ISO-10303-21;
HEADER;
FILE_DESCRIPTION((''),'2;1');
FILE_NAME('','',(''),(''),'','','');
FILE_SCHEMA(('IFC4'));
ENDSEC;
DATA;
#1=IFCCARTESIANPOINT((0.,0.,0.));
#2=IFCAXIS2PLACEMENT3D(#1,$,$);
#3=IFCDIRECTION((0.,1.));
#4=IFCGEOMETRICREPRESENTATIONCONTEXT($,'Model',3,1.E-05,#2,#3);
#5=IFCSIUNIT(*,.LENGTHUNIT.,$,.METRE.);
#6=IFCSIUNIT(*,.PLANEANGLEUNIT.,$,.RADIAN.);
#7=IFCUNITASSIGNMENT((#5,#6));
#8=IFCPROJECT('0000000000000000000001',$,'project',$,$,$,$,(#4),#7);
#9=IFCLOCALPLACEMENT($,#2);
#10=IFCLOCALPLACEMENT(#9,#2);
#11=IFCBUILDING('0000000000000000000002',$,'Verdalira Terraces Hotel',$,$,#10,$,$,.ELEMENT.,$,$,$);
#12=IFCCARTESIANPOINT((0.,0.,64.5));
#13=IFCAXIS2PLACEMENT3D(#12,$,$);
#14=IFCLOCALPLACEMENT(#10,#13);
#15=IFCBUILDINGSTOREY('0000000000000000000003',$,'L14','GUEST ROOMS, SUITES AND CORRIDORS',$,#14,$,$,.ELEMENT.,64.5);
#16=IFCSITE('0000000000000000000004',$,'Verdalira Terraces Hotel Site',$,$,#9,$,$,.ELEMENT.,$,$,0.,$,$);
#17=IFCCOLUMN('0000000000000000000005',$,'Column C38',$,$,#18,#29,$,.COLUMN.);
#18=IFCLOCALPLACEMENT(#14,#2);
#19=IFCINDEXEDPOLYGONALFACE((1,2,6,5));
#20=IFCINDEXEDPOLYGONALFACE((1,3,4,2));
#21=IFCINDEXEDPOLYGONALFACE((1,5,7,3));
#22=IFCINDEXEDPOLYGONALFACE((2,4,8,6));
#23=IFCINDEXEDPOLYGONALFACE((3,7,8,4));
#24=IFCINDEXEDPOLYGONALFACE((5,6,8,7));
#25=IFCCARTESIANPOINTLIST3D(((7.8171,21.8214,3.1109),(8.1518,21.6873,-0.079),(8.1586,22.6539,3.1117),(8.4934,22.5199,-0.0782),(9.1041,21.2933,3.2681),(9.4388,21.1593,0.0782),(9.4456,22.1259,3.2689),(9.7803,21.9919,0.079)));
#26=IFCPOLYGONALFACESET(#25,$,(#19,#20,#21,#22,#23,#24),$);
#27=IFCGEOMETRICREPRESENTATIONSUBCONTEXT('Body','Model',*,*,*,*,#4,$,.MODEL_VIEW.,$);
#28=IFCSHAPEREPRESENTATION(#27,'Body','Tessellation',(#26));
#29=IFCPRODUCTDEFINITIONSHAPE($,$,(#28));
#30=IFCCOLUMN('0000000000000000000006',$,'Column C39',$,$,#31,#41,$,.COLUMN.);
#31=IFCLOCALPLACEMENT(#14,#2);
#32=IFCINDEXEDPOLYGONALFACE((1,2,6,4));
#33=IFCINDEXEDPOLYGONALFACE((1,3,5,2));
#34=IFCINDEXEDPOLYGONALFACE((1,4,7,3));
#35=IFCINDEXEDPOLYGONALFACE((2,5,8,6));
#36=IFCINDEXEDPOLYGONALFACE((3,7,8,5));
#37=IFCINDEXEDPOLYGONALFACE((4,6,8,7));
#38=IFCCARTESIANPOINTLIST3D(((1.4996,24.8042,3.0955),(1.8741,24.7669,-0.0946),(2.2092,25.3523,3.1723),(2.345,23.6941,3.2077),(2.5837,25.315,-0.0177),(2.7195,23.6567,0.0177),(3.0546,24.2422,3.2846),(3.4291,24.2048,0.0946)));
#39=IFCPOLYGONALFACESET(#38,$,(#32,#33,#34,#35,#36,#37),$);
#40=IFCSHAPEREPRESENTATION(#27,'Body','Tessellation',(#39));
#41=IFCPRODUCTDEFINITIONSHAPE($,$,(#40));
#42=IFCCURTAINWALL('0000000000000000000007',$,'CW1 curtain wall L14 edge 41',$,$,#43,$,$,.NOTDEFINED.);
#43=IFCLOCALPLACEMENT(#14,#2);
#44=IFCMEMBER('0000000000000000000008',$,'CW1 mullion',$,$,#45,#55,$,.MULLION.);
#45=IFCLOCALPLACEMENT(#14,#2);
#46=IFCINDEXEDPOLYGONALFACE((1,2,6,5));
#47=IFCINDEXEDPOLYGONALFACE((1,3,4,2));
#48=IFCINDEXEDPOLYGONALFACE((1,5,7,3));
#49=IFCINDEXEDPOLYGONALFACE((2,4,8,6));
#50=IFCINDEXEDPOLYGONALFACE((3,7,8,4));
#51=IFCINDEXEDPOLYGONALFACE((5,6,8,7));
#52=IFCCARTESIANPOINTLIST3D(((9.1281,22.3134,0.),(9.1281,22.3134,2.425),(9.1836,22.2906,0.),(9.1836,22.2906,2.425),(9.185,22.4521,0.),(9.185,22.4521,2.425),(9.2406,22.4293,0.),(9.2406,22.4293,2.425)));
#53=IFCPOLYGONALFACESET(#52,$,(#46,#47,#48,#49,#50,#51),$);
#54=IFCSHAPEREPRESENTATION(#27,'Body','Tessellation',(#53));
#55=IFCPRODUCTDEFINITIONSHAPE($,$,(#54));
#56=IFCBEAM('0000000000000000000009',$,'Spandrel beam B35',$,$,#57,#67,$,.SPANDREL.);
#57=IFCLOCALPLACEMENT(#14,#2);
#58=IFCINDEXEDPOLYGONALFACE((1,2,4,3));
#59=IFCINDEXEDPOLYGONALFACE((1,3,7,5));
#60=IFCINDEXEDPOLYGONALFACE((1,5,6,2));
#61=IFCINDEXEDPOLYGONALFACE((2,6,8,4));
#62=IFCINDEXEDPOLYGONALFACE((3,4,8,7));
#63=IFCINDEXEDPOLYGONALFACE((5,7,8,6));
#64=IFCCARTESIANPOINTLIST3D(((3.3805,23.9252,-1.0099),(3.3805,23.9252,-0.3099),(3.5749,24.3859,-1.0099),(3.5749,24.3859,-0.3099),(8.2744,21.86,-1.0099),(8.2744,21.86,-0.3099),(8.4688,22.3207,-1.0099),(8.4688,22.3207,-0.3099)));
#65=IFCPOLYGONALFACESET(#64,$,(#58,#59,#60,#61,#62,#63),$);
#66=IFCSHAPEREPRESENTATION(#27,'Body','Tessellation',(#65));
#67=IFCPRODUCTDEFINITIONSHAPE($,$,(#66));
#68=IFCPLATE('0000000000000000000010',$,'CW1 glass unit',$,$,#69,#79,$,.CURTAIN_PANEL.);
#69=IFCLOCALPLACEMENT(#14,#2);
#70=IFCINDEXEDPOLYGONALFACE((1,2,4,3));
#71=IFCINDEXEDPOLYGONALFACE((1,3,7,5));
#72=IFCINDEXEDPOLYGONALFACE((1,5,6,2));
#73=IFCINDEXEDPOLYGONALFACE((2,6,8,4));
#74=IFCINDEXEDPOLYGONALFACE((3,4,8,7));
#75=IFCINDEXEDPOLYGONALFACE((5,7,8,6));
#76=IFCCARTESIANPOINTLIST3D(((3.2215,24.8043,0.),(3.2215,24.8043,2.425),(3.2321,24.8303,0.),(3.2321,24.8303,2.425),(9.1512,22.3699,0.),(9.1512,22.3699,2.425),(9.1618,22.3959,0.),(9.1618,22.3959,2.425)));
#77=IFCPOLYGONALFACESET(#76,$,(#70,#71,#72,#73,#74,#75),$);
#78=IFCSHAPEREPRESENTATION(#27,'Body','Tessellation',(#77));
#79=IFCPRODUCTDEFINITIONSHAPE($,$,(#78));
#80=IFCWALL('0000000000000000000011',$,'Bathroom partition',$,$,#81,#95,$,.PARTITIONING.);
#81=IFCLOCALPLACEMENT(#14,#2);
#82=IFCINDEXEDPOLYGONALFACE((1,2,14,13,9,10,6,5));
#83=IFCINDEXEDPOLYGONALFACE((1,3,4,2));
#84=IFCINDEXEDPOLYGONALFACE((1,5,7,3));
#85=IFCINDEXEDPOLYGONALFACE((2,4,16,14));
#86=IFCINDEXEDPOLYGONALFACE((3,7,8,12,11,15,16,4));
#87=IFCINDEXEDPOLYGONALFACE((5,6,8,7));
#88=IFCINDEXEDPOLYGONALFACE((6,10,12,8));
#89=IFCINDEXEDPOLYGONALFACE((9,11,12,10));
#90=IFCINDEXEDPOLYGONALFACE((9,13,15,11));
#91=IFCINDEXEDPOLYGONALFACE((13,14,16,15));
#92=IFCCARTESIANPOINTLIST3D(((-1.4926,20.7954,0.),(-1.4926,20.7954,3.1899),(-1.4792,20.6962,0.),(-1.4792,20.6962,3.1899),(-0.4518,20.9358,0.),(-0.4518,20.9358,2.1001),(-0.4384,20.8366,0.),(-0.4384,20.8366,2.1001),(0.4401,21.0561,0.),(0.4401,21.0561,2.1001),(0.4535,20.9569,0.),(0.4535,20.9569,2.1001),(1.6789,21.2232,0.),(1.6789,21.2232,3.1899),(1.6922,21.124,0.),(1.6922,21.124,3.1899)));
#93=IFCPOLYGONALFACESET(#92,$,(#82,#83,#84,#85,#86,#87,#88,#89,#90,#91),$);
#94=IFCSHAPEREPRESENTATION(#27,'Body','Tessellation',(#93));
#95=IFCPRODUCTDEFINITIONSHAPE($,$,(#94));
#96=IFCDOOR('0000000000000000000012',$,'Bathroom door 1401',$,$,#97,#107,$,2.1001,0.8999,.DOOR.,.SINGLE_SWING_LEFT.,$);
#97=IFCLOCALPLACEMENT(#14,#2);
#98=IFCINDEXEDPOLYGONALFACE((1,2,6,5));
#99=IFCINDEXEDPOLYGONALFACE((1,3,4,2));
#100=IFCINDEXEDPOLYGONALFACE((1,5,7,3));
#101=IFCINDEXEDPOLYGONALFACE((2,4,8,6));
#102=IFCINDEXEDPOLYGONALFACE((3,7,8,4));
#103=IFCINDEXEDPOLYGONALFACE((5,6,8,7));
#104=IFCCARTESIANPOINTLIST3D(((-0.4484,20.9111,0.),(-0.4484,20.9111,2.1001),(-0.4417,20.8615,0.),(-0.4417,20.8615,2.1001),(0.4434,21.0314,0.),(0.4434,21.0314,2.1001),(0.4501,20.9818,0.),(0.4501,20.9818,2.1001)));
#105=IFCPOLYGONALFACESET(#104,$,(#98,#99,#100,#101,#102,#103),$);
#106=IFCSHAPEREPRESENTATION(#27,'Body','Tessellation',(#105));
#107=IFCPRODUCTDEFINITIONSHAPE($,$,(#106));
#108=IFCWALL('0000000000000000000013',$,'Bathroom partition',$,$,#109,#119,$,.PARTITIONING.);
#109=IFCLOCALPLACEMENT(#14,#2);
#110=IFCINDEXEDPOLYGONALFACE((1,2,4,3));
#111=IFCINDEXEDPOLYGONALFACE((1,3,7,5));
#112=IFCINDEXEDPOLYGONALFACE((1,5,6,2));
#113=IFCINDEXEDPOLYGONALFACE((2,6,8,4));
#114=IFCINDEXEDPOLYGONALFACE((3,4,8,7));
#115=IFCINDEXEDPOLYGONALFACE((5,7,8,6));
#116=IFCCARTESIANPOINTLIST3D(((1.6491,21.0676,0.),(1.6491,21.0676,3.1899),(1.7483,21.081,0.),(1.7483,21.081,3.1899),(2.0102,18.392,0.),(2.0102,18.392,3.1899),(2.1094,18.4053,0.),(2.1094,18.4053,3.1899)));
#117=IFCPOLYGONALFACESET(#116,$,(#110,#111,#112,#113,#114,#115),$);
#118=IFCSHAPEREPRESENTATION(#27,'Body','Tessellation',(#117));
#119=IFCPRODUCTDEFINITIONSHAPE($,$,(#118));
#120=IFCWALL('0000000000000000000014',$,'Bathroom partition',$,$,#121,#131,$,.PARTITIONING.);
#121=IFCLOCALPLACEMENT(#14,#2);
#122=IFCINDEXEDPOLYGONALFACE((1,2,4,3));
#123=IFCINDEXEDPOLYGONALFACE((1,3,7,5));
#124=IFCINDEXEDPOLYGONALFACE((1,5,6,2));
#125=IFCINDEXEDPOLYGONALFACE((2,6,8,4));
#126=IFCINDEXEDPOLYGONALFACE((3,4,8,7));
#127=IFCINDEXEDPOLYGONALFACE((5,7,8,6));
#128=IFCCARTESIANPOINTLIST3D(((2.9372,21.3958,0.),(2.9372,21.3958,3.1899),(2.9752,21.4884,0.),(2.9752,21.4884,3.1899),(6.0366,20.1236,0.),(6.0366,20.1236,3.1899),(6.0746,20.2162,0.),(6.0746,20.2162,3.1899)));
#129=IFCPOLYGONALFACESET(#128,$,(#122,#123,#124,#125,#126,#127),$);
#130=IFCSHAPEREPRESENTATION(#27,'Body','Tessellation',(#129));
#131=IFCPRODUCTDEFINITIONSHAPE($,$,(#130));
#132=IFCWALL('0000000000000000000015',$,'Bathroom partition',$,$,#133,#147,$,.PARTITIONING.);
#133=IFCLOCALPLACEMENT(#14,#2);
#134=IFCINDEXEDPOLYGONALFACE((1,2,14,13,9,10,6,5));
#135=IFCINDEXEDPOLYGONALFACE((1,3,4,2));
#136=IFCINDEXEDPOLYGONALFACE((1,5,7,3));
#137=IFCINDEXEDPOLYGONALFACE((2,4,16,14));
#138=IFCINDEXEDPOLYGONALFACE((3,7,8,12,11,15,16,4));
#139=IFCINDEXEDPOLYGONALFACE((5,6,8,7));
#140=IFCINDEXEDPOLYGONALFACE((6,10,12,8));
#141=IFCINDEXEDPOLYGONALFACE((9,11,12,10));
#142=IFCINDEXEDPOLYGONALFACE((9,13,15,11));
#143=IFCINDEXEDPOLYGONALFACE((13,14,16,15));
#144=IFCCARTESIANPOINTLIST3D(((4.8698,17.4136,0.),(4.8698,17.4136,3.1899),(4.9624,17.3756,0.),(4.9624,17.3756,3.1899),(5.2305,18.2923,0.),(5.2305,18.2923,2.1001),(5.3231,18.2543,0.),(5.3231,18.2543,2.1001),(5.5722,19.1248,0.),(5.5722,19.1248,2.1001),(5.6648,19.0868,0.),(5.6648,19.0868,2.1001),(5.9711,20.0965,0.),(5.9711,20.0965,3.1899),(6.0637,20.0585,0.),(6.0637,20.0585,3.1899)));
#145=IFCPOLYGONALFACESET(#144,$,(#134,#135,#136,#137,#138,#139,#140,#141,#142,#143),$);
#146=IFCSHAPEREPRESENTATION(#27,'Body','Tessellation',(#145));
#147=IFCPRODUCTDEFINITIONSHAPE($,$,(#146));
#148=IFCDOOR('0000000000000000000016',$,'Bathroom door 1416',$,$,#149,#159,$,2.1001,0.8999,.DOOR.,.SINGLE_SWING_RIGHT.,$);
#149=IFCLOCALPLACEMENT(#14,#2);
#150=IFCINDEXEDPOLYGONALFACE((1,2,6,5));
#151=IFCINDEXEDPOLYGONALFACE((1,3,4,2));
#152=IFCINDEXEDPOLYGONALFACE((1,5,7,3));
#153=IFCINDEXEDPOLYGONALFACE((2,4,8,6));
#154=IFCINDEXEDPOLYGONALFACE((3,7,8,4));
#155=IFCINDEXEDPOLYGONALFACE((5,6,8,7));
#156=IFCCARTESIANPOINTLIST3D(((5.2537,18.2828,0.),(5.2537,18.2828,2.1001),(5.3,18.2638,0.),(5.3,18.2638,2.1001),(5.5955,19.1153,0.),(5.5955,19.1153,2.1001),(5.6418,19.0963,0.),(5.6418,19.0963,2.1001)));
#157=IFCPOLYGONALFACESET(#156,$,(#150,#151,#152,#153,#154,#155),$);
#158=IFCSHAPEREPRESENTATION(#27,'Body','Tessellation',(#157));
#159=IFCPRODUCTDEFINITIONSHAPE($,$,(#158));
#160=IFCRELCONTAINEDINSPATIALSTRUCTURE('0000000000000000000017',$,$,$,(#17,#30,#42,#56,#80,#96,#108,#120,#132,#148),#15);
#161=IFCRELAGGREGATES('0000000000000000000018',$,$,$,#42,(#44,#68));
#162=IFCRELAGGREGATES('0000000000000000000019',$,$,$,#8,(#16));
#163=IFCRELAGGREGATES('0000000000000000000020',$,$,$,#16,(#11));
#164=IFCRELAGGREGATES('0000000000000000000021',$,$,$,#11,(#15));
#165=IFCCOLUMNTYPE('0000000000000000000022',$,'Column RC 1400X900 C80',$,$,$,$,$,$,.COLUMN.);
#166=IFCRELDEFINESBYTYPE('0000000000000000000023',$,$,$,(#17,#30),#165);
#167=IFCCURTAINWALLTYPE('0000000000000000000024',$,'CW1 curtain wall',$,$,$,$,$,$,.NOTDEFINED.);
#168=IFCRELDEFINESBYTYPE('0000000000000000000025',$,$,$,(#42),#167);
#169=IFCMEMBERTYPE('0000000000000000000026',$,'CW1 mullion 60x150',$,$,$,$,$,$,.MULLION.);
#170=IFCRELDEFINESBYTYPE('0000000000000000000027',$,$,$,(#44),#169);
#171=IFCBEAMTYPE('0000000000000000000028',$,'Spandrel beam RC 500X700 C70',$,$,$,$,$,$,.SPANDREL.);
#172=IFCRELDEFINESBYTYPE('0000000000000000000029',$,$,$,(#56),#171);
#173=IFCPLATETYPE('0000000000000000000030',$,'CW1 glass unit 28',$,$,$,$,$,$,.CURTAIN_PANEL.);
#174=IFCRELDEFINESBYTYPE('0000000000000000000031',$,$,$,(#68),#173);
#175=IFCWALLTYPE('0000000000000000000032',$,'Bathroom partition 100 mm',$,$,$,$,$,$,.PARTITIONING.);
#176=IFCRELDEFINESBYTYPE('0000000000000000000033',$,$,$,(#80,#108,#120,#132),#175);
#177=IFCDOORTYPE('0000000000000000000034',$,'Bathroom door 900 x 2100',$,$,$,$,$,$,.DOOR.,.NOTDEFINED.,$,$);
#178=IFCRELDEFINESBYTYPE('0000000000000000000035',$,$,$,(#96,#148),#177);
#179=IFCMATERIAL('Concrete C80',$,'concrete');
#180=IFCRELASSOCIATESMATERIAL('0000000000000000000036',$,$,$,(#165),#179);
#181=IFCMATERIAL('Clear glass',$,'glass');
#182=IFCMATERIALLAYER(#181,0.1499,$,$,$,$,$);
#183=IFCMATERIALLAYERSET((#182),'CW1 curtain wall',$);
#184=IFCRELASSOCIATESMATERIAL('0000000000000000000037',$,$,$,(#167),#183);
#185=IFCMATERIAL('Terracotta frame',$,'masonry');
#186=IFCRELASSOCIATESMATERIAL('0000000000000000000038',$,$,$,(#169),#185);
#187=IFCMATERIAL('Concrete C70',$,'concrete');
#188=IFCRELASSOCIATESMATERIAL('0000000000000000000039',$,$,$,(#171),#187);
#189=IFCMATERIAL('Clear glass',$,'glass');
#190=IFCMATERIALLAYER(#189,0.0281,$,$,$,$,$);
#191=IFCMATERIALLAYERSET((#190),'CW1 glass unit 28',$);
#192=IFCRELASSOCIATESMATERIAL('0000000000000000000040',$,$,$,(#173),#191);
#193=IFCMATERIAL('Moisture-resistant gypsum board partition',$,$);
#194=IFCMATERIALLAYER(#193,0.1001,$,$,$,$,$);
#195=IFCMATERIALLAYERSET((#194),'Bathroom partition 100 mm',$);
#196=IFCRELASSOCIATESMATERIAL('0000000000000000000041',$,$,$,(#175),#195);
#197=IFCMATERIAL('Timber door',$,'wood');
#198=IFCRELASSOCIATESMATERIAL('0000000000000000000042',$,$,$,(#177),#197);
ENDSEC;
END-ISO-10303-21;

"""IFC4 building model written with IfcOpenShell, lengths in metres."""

from ifc_helpers import new_model, si_unit, direction, frame, frame_2d, origin, origin_2d, place, context, subcontext, project, spatial, rectangle, extrude, material, layer, layer_set, material_profile, profile_set, type_object, element, fill, aggregate, save


model = new_model("IFC4")

# Units and contexts
model_context = context("Model", 3, precision=1e-05, world=origin(), true_north=direction((0.0, 1.0)))
body_context = subcontext(model_context, "Body", "Model", "MODEL_VIEW")
ifc_project = project(units=[si_unit("LENGTHUNIT", "METRE"), si_unit("PLANEANGLEUNIT", "RADIAN")], contexts=[model_context])

# Site, building, storey
site_placement = place(None, origin())
site = spatial("IfcSite", under=ifc_project, at=site_placement, Name="Verdalira Terraces Hotel Site", CompositionType="ELEMENT", RefElevation=0.0)
building_placement = place(site_placement, origin())
building = spatial("IfcBuilding", under=site, at=building_placement, Name="Verdalira Terraces Hotel", CompositionType="ELEMENT")
storey_placement = place(building_placement, frame((0.0, 0.0, 64.5)))
storey = spatial("IfcBuildingStorey", under=building, at=storey_placement, Name="L14", Description="GUEST ROOMS, SUITES AND CORRIDORS", CompositionType="ELEMENT", Elevation=64.5)

# Columns
ifc_material_1 = material(Name="Concrete C80", Category="concrete")
ifc_material_profile_1 = material_profile(ifc_material_1, rectangle(XDim=1.3999, YDim=0.8999, at=origin_2d()), Name="RC 1400X900")
ifc_profile_set_1 = profile_set([ifc_material_profile_1], Name="Concrete C80")
column_type = type_object("IfcColumnType", Name="Column RC 1400X900 C80", PredefinedType="COLUMN", material=ifc_profile_set_1)
column_1_placement = place(storey_placement, frame((8.9661, 21.8396, 0.0), z_axis=(-0.104265, 0.041752, 0.993673), x_axis=(-0.919296, 0.377203, -0.11231)))
element("IfcColumn", 1, at=column_1_placement, inside=storey, type_object=column_type, Name="Column C38", PredefinedType="COLUMN", context=body_context, shape_type="SweptSolid", body=[
    extrude(rectangle(XDim=1.3999, YDim=0.8999, at=origin_2d()), origin(), (0.0, 0.0, 1.0), 3.2102),
])
column_2_placement = place(storey_placement, frame((2.6516, 24.4858, 0.0), z_axis=(-0.116595, 0.011629, 0.993111), x_axis=(0.603892, -0.793023, 0.080185)))
element("IfcColumn", 2, at=column_2_placement, inside=storey, type_object=column_type, Name="Column C39", PredefinedType="COLUMN", context=body_context, shape_type="SweptSolid", body=[
    extrude(rectangle(XDim=1.3999, YDim=0.8999, at=origin_2d()), origin(), (0.0, 0.0, 1.0), 3.2122),
])

# Curtain wall, member
ifc_material_2 = material(Name="Clear glass", Category="glass")
ifc_layer_1 = layer(ifc_material_2, 0.1499)
ifc_layer_set_1 = layer_set([ifc_layer_1], Name="CW1 curtain wall")
curtain_wall_type = type_object("IfcCurtainWallType", Name="CW1 curtain wall", PredefinedType="NOTDEFINED", material=ifc_layer_set_1)
curtain_wall_placement = place(storey_placement, origin())
curtain_wall = element("IfcCurtainWall", 3, at=curtain_wall_placement, inside=storey, type_object=curtain_wall_type, Name="CW1 curtain wall L14 edge 41", PredefinedType="NOTDEFINED")
ifc_material_3 = material(Name="Terracotta frame", Category="masonry")
ifc_material_profile_2 = material_profile(ifc_material_3, rectangle(XDim=0.0601, YDim=0.1499, at=origin_2d()), Name="MU 60x150")
ifc_profile_set_2 = profile_set([ifc_material_profile_2], Name="Terracotta frame")
member_type = type_object("IfcMemberType", Name="CW1 mullion 60x150", PredefinedType="MULLION", material=ifc_profile_set_2)
member_placement = place(storey_placement, frame((9.1843, 22.3713, 0.0), z_axis=(0.0, 0.0, 1.0), x_axis=(-0.925077, 0.379779, 0.0)))
member = element("IfcMember", 4, at=member_placement, type_object=member_type, Name="CW1 mullion", PredefinedType="MULLION", context=body_context, shape_type="SweptSolid", body=[
    extrude(rectangle(XDim=0.0601, YDim=0.1499, at=origin_2d()), origin(), (0.0, 0.0, 1.0), 2.425),
])

# Beam
ifc_material_4 = material(Name="Concrete C70", Category="concrete")
ifc_material_profile_3 = material_profile(ifc_material_4, rectangle(XDim=0.5, YDim=0.7, at=origin_2d()), Name="RC 500X700")
ifc_profile_set_3 = profile_set([ifc_material_profile_3], Name="Concrete C70")
beam_type = type_object("IfcBeamType", Name="Spandrel beam RC 500X700 C70", PredefinedType="SPANDREL", material=ifc_profile_set_3)
beam_placement = place(storey_placement, frame((8.3716, 22.0903, -0.6599), z_axis=(-0.921323, 0.388799, 0.0), x_axis=(-0.388799, -0.921323, 0.0)))
element("IfcBeam", 5, at=beam_placement, inside=storey, type_object=beam_type, Name="Spandrel beam B35", PredefinedType="SPANDREL", context=body_context, shape_type="SweptSolid", body=[
    extrude(rectangle(XDim=0.5, YDim=0.7, at=origin_2d()), origin(), (0.0, 0.0, 1.0), 5.3118),
])

# Plate
ifc_material_5 = material(Name="Clear glass", Category="glass")
ifc_layer_2 = layer(ifc_material_5, 0.0281)
ifc_layer_set_2 = layer_set([ifc_layer_2], Name="CW1 glass unit 28")
plate_type = type_object("IfcPlateType", Name="CW1 glass unit 28", PredefinedType="CURTAIN_PANEL", material=ifc_layer_set_2)
plate_placement = place(storey_placement, frame((6.1917, 23.6001, 0.0), z_axis=(0.0, 0.0, 1.0), x_axis=(-0.925077, 0.379779, 0.0)))
plate = element("IfcPlate", 6, at=plate_placement, type_object=plate_type, Name="CW1 glass unit", PredefinedType="CURTAIN_PANEL", context=body_context, shape_type="SweptSolid", body=[
    extrude(rectangle(XDim=6.4099, YDim=0.0281, at=origin_2d()), origin(), (0.0, 0.0, 1.0), 2.425),
])
aggregate(curtain_wall, [member, plate])

# Wall, opening, door
ifc_material_6 = material(Name="Moisture-resistant gypsum board partition")
ifc_layer_3 = layer(ifc_material_6, 0.1001)
ifc_layer_set_3 = layer_set([ifc_layer_3], Name="Bathroom partition 100 mm")
wall_type_1 = type_object("IfcWallType", Name="Bathroom partition 100 mm", PredefinedType="PARTITIONING", material=ifc_layer_set_3)
wall_1_placement = place(storey_placement, frame((1.6855, 21.1736, 0.0), z_axis=(0.0, 0.0, 1.0), x_axis=(-0.991027, -0.133663, 0.0)))
wall_1 = element("IfcWall", 7, at=wall_1_placement, inside=storey, type_object=wall_type_1, Name="Bathroom partition", PredefinedType="PARTITIONING", context=body_context, shape_type="SweptSolid", body=[
    extrude(rectangle(XDim=3.2002, YDim=0.1001, at=frame_2d((1.6001, 0.0))), origin(), (0.0, 0.0, 1.0), 3.1899),
])
opening_1_placement = place(wall_1_placement, frame((1.25, 0.0, 0.0)))
opening_1 = element("IfcOpeningElement", 8, at=opening_1_placement, cuts=wall_1, PredefinedType="OPENING", context=body_context, shape_type="SweptSolid", body=[
    extrude(rectangle(XDim=0.8999, YDim=2.1001, at=frame_2d((0.45, 1.05))), frame((0.0, 0.0601, 0.0), z_axis=(0.0, -1.0, 0.0), x_axis=(1.0, 0.0, 0.0)), (0.0, 0.0, 1.0), 0.1201),
])
ifc_material_7 = material(Name="Timber door", Category="wood")
door_type_1 = type_object("IfcDoorType", Name="Bathroom door 900 x 2100", OperationType="NOTDEFINED", PredefinedType="DOOR", material=ifc_material_7)
door_1_placement = place(opening_1_placement, origin())
door_1 = element("IfcDoor", 9, at=door_1_placement, inside=storey, type_object=door_type_1, Name="Bathroom door 1401", OperationType="SINGLE_SWING_LEFT", OverallHeight=2.1001, OverallWidth=0.8999, PredefinedType="DOOR", context=body_context, shape_type="SweptSolid", body=[
    extrude(rectangle(XDim=0.8999, YDim=2.1001, at=frame_2d((0.45, 1.05))), frame((0.0, 0.0249, 0.0), z_axis=(0.0, -1.0, 0.0), x_axis=(1.0, 0.0, 0.0)), (0.0, 0.0, 1.0), 0.05),
])
fill(opening_1, door_1)

# Walls
wall_2_placement = place(storey_placement, frame((1.6987, 21.0745, 0.0), z_axis=(0.0, 0.0, 1.0), x_axis=(0.133733, -0.991017, 0.0)))
element("IfcWall", 10, at=wall_2_placement, inside=storey, type_object=wall_type_1, Name="Bathroom partition", PredefinedType="PARTITIONING", context=body_context, shape_type="SweptSolid", body=[
    extrude(rectangle(XDim=2.7, YDim=0.1001, at=frame_2d((1.3501, 0.0))), origin(), (0.0, 0.0, 1.0), 3.1899),
])
wall_3_placement = place(storey_placement, frame((2.9561, 21.4421, 0.0), z_axis=(0.0, 0.0, 1.0), x_axis=(0.925097, -0.379731, 0.0)))
element("IfcWall", 11, at=wall_3_placement, inside=storey, type_object=wall_type_1, Name="Bathroom partition", PredefinedType="PARTITIONING", context=body_context, shape_type="SweptSolid", body=[
    extrude(rectangle(XDim=3.3503, YDim=0.1001, at=frame_2d((1.6753, 0.0))), origin(), (0.0, 0.0, 1.0), 3.1899),
])

# Wall, opening, door
wall_4_placement = place(storey_placement, frame((4.916, 17.3945, 0.0), z_axis=(0.0, 0.0, 1.0), x_axis=(0.37975, 0.925089, 0.0)))
wall_4 = element("IfcWall", 12, at=wall_4_placement, inside=storey, type_object=wall_type_1, Name="Bathroom partition", PredefinedType="PARTITIONING", context=body_context, shape_type="SweptSolid", body=[
    extrude(rectangle(XDim=2.9001, YDim=0.1001, at=frame_2d((1.4502, 0.0))), origin(), (0.0, 0.0, 1.0), 3.1899),
])
opening_2_placement = place(wall_4_placement, frame((0.95, 0.0, 0.0)))
opening_2 = element("IfcOpeningElement", 13, at=opening_2_placement, cuts=wall_4, PredefinedType="OPENING", context=body_context, shape_type="SweptSolid", body=[
    extrude(rectangle(XDim=0.8999, YDim=2.1001, at=frame_2d((0.45, 1.05))), frame((0.0, 0.0601, 0.0), z_axis=(0.0, -1.0, 0.0), x_axis=(1.0, 0.0, 0.0)), (0.0, 0.0, 1.0), 0.1201),
])
door_2_placement = place(opening_2_placement, origin())
door_2 = element("IfcDoor", 14, at=door_2_placement, inside=storey, type_object=door_type_1, Name="Bathroom door 1416", OperationType="SINGLE_SWING_RIGHT", OverallHeight=2.1001, OverallWidth=0.8999, PredefinedType="DOOR", context=body_context, shape_type="SweptSolid", body=[
    extrude(rectangle(XDim=0.8999, YDim=2.1001, at=frame_2d((0.45, 1.05))), frame((0.0, 0.0249, 0.0), z_axis=(0.0, -1.0, 0.0), x_axis=(1.0, 0.0, 0.0)), (0.0, 0.0, 1.0), 0.05),
])
fill(opening_2, door_2)

save(model, "model.ifc")
